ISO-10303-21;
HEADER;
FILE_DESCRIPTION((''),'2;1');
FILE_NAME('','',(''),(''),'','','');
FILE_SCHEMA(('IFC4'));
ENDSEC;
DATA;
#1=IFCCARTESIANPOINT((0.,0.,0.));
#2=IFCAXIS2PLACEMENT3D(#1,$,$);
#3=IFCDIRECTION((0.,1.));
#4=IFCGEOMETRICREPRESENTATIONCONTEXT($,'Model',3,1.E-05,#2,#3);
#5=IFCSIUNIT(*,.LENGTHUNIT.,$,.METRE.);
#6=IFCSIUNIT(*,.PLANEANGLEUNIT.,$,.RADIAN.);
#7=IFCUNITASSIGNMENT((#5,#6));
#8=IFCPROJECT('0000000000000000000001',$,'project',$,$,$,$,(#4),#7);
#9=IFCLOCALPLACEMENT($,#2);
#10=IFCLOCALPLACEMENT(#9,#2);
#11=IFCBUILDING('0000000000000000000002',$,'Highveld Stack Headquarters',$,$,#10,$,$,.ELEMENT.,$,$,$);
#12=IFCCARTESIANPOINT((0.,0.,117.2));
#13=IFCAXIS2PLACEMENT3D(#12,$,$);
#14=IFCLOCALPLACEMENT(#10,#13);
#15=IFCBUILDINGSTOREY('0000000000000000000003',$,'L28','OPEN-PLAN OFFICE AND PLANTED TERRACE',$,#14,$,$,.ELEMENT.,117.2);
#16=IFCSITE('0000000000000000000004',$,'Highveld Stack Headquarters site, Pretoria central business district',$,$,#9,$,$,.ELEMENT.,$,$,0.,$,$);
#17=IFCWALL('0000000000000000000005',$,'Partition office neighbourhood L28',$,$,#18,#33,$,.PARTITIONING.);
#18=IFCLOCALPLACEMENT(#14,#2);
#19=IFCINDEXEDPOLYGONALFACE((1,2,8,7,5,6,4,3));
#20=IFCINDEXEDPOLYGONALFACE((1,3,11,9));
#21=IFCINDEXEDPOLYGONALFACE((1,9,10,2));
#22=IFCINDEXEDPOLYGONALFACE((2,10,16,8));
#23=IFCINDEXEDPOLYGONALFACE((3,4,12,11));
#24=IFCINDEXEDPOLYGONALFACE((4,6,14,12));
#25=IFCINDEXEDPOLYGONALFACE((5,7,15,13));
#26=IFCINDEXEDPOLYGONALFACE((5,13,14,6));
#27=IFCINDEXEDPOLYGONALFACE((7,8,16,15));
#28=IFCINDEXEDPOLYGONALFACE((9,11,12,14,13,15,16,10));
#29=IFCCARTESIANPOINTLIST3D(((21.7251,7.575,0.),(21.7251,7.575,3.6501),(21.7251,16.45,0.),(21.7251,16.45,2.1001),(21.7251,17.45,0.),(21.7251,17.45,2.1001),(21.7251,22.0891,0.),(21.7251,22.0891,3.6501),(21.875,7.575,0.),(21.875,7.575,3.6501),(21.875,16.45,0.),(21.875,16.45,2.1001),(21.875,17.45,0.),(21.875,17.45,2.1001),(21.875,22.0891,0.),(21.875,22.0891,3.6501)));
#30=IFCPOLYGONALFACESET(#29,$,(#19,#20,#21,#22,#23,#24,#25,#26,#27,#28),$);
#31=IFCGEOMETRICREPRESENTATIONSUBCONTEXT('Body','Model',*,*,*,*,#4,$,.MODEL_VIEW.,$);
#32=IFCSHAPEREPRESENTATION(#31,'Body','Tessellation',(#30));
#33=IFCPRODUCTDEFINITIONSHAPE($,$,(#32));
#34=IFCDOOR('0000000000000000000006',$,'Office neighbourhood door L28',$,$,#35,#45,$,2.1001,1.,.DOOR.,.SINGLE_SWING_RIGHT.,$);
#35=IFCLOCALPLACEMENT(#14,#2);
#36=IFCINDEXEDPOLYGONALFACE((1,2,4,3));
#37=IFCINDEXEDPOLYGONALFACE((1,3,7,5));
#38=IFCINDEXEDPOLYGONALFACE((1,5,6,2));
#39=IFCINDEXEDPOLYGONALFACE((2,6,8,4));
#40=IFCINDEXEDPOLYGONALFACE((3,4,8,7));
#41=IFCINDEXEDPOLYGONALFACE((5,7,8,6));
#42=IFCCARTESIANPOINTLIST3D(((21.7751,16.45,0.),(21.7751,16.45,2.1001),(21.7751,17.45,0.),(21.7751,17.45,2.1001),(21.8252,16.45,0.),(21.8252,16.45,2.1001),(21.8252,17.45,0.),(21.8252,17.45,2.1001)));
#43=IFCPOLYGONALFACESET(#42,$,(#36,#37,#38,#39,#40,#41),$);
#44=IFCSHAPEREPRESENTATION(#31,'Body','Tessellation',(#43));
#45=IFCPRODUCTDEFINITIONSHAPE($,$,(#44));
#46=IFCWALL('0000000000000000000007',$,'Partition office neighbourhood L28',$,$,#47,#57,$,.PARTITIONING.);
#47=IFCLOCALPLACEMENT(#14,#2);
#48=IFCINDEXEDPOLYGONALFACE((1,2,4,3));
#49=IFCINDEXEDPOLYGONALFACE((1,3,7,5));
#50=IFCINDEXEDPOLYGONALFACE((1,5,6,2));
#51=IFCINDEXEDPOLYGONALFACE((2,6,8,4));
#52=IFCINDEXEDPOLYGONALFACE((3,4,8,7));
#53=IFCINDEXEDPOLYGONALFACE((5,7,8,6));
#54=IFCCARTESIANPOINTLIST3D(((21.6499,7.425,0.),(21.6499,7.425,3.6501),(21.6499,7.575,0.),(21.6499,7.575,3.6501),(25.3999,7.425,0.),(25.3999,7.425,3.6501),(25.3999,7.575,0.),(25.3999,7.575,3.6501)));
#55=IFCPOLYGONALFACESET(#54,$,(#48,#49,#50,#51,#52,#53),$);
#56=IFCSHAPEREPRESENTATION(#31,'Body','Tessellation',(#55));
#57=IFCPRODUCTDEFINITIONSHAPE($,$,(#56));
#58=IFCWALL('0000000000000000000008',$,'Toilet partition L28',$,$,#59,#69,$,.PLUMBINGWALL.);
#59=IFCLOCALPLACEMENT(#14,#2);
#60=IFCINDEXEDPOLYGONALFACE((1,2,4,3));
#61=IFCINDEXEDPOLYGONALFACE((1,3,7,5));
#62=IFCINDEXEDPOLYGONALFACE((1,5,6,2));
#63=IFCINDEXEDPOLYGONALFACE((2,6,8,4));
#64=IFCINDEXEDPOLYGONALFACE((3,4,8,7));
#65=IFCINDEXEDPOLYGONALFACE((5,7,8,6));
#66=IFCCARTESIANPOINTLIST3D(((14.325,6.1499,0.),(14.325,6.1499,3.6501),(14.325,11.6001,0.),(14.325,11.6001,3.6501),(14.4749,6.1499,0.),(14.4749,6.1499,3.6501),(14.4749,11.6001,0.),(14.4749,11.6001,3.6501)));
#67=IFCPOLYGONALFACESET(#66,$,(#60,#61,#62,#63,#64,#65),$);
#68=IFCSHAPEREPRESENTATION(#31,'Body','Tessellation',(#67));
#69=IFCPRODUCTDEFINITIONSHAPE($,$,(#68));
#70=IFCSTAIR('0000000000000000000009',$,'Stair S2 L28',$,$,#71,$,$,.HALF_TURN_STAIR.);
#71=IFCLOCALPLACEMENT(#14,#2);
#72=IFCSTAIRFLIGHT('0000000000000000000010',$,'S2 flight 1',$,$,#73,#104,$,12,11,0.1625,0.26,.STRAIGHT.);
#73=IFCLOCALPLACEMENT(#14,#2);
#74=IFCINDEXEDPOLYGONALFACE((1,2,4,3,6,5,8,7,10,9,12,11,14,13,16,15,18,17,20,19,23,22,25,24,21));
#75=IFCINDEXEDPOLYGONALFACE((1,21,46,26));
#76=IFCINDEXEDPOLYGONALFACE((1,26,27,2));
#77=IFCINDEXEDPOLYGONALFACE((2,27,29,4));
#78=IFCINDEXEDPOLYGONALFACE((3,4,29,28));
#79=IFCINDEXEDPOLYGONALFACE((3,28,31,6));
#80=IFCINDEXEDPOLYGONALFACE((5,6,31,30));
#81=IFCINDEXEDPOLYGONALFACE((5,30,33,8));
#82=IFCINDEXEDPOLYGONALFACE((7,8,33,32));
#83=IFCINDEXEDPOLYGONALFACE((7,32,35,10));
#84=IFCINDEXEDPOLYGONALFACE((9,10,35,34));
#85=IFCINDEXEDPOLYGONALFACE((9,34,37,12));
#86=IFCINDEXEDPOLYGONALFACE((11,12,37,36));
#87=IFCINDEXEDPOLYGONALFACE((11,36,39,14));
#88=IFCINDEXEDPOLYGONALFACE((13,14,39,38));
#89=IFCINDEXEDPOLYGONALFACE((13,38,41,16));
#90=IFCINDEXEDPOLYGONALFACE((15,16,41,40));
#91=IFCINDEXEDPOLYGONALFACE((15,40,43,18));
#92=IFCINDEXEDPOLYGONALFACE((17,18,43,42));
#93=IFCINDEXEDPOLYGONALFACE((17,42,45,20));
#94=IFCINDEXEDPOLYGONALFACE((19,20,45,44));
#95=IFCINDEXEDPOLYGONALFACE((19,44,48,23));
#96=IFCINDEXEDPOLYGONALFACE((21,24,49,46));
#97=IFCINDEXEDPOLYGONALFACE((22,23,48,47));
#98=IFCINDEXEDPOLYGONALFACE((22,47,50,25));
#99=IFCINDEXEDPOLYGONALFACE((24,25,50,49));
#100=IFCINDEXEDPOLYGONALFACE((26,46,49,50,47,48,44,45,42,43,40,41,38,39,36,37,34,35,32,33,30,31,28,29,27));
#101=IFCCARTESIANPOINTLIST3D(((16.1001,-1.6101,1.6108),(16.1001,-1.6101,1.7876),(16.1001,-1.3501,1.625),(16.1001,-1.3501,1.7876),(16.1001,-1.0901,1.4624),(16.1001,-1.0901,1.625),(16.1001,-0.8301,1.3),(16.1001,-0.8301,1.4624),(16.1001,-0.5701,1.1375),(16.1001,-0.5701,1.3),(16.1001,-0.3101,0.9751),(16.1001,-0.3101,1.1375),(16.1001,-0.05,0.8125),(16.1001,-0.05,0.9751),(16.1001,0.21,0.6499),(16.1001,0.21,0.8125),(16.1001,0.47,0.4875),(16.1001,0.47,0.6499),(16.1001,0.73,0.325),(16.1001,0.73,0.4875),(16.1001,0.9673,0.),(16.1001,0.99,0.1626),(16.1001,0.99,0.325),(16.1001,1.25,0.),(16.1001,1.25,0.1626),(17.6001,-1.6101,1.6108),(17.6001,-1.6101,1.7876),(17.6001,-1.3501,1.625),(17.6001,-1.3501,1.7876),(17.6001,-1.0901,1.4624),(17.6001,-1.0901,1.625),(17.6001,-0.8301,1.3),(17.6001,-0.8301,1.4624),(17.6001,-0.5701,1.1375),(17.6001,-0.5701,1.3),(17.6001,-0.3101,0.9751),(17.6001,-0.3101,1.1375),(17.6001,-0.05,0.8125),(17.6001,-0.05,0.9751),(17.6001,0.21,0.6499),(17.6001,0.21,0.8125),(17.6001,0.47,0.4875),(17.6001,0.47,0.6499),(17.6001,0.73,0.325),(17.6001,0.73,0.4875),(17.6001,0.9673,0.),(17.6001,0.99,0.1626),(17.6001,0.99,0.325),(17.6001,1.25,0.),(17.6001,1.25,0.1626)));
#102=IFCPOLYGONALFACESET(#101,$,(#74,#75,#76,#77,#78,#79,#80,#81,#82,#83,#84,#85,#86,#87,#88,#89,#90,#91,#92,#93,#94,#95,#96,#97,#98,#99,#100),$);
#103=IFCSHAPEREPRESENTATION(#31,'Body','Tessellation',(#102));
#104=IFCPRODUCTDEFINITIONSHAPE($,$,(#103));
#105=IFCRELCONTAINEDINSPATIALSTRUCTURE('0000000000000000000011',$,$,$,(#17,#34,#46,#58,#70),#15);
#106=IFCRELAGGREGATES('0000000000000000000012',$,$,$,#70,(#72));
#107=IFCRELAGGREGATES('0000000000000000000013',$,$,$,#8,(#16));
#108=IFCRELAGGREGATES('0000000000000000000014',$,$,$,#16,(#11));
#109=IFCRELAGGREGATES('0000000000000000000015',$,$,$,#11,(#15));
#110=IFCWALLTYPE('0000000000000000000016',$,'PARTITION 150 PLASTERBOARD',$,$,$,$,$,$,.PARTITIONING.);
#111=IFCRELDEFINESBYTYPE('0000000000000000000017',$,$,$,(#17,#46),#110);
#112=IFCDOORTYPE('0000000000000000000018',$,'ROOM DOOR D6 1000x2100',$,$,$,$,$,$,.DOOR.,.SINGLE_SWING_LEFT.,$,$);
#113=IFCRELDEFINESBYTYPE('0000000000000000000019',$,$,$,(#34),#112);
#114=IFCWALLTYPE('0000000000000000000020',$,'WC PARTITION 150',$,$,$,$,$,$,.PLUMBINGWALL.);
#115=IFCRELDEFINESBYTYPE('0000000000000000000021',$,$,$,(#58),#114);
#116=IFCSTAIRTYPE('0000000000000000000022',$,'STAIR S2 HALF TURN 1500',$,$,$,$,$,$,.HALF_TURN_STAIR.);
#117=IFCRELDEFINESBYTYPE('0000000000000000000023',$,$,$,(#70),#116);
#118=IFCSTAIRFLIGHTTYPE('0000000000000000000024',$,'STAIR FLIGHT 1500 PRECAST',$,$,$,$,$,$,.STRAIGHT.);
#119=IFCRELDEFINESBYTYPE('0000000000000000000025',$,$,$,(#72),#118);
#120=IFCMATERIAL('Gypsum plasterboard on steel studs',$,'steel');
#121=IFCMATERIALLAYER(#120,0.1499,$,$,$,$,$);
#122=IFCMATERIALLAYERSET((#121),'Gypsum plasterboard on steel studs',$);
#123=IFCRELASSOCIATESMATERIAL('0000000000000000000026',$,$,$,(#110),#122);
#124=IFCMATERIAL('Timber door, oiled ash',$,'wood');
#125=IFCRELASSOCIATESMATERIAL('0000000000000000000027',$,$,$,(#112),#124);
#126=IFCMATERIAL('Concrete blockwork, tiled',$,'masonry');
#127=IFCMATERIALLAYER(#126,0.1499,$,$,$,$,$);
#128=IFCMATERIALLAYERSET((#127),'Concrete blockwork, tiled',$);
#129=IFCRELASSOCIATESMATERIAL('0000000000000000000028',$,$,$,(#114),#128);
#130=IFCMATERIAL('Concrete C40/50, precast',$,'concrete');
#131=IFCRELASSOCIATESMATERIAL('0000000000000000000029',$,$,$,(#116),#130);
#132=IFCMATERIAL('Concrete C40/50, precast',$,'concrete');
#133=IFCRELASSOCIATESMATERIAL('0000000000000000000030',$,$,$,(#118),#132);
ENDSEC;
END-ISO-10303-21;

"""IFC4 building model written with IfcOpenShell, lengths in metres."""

from ifc_helpers import new_model, si_unit, direction, frame, frame_2d, origin, place, context, subcontext, project, spatial, polyline, rectangle, outline, extrude, material, layer, layer_set, type_object, element, fill, aggregate, save


model = new_model("IFC4")

# Units and contexts
model_context = context("Model", 3, precision=1e-05, world=origin(), true_north=direction((0.0, 1.0)))
body_context = subcontext(model_context, "Body", "Model", "MODEL_VIEW")
ifc_project = project(units=[si_unit("LENGTHUNIT", "METRE"), si_unit("PLANEANGLEUNIT", "RADIAN")], contexts=[model_context])

# Site, building, storey
site_placement = place(None, origin())
site = spatial("IfcSite", under=ifc_project, at=site_placement, Name="Highveld Stack Headquarters site, Pretoria central business district", CompositionType="ELEMENT", RefElevation=0.0)
building_placement = place(site_placement, origin())
building = spatial("IfcBuilding", under=site, at=building_placement, Name="Highveld Stack Headquarters", CompositionType="ELEMENT")
storey_placement = place(building_placement, frame((0.0, 0.0, 117.2)))
storey = spatial("IfcBuildingStorey", under=building, at=storey_placement, Name="L28", Description="OPEN-PLAN OFFICE AND PLANTED TERRACE", CompositionType="ELEMENT", Elevation=117.2)

# Wall, opening, door
ifc_material_1 = material(Name="Gypsum plasterboard on steel studs", Category="steel")
ifc_layer_1 = layer(ifc_material_1, 0.1499)
ifc_layer_set_1 = layer_set([ifc_layer_1], Name="Gypsum plasterboard on steel studs")
wall_type_1 = type_object("IfcWallType", Name="PARTITION 150 PLASTERBOARD", PredefinedType="PARTITIONING", material=ifc_layer_set_1)
ifc_material_2 = material(Name="Timber door, oiled ash", Category="wood")
door_type_1 = type_object("IfcDoorType", Name="ROOM DOOR D6 1000x2100", OperationType="SINGLE_SWING_LEFT", PredefinedType="DOOR", material=ifc_material_2)
wall_1_placement = place(storey_placement, frame((21.8, 7.575, 0.0), z_axis=(0.0, 0.0, 1.0), x_axis=(0.0, 1.0, 0.0)))
wall_1 = element("IfcWall", 1, at=wall_1_placement, inside=storey, type_object=wall_type_1, Name="Partition office neighbourhood L28", PredefinedType="PARTITIONING", context=body_context, shape_type="SweptSolid", body=[
    extrude(rectangle(XDim=14.5142, YDim=0.1499, at=frame_2d((7.2571, 0.0))), origin(), (0.0, 0.0, 1.0), 3.6501),
])
opening_1_placement = place(wall_1_placement, frame((8.875, 0.0, 0.0)))
opening_1 = element("IfcOpeningElement", 2, at=opening_1_placement, cuts=wall_1, PredefinedType="OPENING", context=body_context, shape_type="SweptSolid", body=[
    extrude(rectangle(XDim=1.0, YDim=2.1001, at=frame_2d((0.5, 1.05))), frame((0.0, 0.085, 0.0), z_axis=(0.0, -1.0, 0.0), x_axis=(1.0, 0.0, 0.0)), (0.0, 0.0, 1.0), 0.1699),
])
door_1_placement = place(opening_1_placement, origin())
door_1 = element("IfcDoor", 3, at=door_1_placement, inside=storey, type_object=door_type_1, Name="Office neighbourhood door L28", OperationType="SINGLE_SWING_RIGHT", OverallHeight=2.1001, OverallWidth=1.0, PredefinedType="DOOR", context=body_context, shape_type="SweptSolid", body=[
    extrude(rectangle(XDim=1.0, YDim=2.1001, at=frame_2d((0.5, 1.05))), frame((0.0, 0.0249, 0.0), z_axis=(0.0, -1.0, 0.0), x_axis=(1.0, 0.0, 0.0)), (0.0, 0.0, 1.0), 0.05),
])
fill(opening_1, door_1)

# Walls
wall_2_placement = place(storey_placement, frame((21.6499, 7.5, 0.0), z_axis=(0.0, 0.0, 1.0), x_axis=(1.0, 0.0, 0.0)))
element("IfcWall", 4, at=wall_2_placement, inside=storey, type_object=wall_type_1, Name="Partition office neighbourhood L28", PredefinedType="PARTITIONING", context=body_context, shape_type="SweptSolid", body=[
    extrude(rectangle(XDim=3.75, YDim=0.1499, at=frame_2d((1.875, 0.0))), origin(), (0.0, 0.0, 1.0), 3.6501),
])
ifc_material_3 = material(Name="Concrete blockwork, tiled", Category="masonry")
ifc_layer_2 = layer(ifc_material_3, 0.1499)
ifc_layer_set_2 = layer_set([ifc_layer_2], Name="Concrete blockwork, tiled")
wall_type_2 = type_object("IfcWallType", Name="WC PARTITION 150", PredefinedType="PLUMBINGWALL", material=ifc_layer_set_2)
wall_3_placement = place(storey_placement, frame((14.3999, 6.1499, 0.0), z_axis=(0.0, 0.0, 1.0), x_axis=(0.0, 1.0, 0.0)))
element("IfcWall", 5, at=wall_3_placement, inside=storey, type_object=wall_type_2, Name="Toilet partition L28", PredefinedType="PLUMBINGWALL", context=body_context, shape_type="SweptSolid", body=[
    extrude(rectangle(XDim=5.4502, YDim=0.1499, at=frame_2d((2.7251, 0.0))), origin(), (0.0, 0.0, 1.0), 3.6501),
])

# Stair, stair flight
ifc_material_4 = material(Name="Concrete C40/50, precast", Category="concrete")
stair_type = type_object("IfcStairType", Name="STAIR S2 HALF TURN 1500", PredefinedType="HALF_TURN_STAIR", material=ifc_material_4)
stair_placement = place(storey_placement, origin())
stair = element("IfcStair", 6, at=stair_placement, inside=storey, type_object=stair_type, Name="Stair S2 L28", PredefinedType="HALF_TURN_STAIR")
ifc_material_5 = material(Name="Concrete C40/50, precast", Category="concrete")
stair_flight_type = type_object("IfcStairFlightType", Name="STAIR FLIGHT 1500 PRECAST", PredefinedType="STRAIGHT", material=ifc_material_5)
stair_flight_placement = place(storey_placement, frame((16.8501, 1.25, 0.0), z_axis=(0.0, 0.0, 1.0), x_axis=(0.0, -1.0, 0.0)))
stair_flight = element("IfcStairFlight", 7, at=stair_flight_placement, type_object=stair_flight_type, Name="S2 flight 1", NumberOfRisers=12, NumberOfTreads=11, PredefinedType="STRAIGHT", RiserHeight=0.1625, TreadLength=0.26, context=body_context, shape_type="SweptSolid", body=[
    extrude(outline(polyline([(0.0, 0.0), (0.0, 0.1626), (0.26, 0.1626), (0.26, 0.325), (0.52, 0.325), (0.52, 0.4875), (0.78, 0.4875), (0.78, 0.6499), (1.04, 0.6499), (1.04, 0.8125), (1.3, 0.8125), (1.3, 0.9751), (1.5601, 0.9751), (1.5601, 1.1375), (1.8201, 1.1375), (1.8201, 1.3), (2.0801, 1.3), (2.0801, 1.4624), (2.3401, 1.4624), (2.3401, 1.625), (2.6001, 1.625), (2.6001, 1.7876), (2.8601, 1.7876), (2.8601, 1.95), (2.8601, 1.6108), (0.2827, 0.0), (0.0, 0.0)])), frame((0.0, 0.75, 0.0), z_axis=(0.0, -1.0, 0.0), x_axis=(1.0, 0.0, 0.0)), (0.0, 0.0, 1.0), 1.5),
])
aggregate(stair, [stair_flight])

save(model, "model.ifc")
